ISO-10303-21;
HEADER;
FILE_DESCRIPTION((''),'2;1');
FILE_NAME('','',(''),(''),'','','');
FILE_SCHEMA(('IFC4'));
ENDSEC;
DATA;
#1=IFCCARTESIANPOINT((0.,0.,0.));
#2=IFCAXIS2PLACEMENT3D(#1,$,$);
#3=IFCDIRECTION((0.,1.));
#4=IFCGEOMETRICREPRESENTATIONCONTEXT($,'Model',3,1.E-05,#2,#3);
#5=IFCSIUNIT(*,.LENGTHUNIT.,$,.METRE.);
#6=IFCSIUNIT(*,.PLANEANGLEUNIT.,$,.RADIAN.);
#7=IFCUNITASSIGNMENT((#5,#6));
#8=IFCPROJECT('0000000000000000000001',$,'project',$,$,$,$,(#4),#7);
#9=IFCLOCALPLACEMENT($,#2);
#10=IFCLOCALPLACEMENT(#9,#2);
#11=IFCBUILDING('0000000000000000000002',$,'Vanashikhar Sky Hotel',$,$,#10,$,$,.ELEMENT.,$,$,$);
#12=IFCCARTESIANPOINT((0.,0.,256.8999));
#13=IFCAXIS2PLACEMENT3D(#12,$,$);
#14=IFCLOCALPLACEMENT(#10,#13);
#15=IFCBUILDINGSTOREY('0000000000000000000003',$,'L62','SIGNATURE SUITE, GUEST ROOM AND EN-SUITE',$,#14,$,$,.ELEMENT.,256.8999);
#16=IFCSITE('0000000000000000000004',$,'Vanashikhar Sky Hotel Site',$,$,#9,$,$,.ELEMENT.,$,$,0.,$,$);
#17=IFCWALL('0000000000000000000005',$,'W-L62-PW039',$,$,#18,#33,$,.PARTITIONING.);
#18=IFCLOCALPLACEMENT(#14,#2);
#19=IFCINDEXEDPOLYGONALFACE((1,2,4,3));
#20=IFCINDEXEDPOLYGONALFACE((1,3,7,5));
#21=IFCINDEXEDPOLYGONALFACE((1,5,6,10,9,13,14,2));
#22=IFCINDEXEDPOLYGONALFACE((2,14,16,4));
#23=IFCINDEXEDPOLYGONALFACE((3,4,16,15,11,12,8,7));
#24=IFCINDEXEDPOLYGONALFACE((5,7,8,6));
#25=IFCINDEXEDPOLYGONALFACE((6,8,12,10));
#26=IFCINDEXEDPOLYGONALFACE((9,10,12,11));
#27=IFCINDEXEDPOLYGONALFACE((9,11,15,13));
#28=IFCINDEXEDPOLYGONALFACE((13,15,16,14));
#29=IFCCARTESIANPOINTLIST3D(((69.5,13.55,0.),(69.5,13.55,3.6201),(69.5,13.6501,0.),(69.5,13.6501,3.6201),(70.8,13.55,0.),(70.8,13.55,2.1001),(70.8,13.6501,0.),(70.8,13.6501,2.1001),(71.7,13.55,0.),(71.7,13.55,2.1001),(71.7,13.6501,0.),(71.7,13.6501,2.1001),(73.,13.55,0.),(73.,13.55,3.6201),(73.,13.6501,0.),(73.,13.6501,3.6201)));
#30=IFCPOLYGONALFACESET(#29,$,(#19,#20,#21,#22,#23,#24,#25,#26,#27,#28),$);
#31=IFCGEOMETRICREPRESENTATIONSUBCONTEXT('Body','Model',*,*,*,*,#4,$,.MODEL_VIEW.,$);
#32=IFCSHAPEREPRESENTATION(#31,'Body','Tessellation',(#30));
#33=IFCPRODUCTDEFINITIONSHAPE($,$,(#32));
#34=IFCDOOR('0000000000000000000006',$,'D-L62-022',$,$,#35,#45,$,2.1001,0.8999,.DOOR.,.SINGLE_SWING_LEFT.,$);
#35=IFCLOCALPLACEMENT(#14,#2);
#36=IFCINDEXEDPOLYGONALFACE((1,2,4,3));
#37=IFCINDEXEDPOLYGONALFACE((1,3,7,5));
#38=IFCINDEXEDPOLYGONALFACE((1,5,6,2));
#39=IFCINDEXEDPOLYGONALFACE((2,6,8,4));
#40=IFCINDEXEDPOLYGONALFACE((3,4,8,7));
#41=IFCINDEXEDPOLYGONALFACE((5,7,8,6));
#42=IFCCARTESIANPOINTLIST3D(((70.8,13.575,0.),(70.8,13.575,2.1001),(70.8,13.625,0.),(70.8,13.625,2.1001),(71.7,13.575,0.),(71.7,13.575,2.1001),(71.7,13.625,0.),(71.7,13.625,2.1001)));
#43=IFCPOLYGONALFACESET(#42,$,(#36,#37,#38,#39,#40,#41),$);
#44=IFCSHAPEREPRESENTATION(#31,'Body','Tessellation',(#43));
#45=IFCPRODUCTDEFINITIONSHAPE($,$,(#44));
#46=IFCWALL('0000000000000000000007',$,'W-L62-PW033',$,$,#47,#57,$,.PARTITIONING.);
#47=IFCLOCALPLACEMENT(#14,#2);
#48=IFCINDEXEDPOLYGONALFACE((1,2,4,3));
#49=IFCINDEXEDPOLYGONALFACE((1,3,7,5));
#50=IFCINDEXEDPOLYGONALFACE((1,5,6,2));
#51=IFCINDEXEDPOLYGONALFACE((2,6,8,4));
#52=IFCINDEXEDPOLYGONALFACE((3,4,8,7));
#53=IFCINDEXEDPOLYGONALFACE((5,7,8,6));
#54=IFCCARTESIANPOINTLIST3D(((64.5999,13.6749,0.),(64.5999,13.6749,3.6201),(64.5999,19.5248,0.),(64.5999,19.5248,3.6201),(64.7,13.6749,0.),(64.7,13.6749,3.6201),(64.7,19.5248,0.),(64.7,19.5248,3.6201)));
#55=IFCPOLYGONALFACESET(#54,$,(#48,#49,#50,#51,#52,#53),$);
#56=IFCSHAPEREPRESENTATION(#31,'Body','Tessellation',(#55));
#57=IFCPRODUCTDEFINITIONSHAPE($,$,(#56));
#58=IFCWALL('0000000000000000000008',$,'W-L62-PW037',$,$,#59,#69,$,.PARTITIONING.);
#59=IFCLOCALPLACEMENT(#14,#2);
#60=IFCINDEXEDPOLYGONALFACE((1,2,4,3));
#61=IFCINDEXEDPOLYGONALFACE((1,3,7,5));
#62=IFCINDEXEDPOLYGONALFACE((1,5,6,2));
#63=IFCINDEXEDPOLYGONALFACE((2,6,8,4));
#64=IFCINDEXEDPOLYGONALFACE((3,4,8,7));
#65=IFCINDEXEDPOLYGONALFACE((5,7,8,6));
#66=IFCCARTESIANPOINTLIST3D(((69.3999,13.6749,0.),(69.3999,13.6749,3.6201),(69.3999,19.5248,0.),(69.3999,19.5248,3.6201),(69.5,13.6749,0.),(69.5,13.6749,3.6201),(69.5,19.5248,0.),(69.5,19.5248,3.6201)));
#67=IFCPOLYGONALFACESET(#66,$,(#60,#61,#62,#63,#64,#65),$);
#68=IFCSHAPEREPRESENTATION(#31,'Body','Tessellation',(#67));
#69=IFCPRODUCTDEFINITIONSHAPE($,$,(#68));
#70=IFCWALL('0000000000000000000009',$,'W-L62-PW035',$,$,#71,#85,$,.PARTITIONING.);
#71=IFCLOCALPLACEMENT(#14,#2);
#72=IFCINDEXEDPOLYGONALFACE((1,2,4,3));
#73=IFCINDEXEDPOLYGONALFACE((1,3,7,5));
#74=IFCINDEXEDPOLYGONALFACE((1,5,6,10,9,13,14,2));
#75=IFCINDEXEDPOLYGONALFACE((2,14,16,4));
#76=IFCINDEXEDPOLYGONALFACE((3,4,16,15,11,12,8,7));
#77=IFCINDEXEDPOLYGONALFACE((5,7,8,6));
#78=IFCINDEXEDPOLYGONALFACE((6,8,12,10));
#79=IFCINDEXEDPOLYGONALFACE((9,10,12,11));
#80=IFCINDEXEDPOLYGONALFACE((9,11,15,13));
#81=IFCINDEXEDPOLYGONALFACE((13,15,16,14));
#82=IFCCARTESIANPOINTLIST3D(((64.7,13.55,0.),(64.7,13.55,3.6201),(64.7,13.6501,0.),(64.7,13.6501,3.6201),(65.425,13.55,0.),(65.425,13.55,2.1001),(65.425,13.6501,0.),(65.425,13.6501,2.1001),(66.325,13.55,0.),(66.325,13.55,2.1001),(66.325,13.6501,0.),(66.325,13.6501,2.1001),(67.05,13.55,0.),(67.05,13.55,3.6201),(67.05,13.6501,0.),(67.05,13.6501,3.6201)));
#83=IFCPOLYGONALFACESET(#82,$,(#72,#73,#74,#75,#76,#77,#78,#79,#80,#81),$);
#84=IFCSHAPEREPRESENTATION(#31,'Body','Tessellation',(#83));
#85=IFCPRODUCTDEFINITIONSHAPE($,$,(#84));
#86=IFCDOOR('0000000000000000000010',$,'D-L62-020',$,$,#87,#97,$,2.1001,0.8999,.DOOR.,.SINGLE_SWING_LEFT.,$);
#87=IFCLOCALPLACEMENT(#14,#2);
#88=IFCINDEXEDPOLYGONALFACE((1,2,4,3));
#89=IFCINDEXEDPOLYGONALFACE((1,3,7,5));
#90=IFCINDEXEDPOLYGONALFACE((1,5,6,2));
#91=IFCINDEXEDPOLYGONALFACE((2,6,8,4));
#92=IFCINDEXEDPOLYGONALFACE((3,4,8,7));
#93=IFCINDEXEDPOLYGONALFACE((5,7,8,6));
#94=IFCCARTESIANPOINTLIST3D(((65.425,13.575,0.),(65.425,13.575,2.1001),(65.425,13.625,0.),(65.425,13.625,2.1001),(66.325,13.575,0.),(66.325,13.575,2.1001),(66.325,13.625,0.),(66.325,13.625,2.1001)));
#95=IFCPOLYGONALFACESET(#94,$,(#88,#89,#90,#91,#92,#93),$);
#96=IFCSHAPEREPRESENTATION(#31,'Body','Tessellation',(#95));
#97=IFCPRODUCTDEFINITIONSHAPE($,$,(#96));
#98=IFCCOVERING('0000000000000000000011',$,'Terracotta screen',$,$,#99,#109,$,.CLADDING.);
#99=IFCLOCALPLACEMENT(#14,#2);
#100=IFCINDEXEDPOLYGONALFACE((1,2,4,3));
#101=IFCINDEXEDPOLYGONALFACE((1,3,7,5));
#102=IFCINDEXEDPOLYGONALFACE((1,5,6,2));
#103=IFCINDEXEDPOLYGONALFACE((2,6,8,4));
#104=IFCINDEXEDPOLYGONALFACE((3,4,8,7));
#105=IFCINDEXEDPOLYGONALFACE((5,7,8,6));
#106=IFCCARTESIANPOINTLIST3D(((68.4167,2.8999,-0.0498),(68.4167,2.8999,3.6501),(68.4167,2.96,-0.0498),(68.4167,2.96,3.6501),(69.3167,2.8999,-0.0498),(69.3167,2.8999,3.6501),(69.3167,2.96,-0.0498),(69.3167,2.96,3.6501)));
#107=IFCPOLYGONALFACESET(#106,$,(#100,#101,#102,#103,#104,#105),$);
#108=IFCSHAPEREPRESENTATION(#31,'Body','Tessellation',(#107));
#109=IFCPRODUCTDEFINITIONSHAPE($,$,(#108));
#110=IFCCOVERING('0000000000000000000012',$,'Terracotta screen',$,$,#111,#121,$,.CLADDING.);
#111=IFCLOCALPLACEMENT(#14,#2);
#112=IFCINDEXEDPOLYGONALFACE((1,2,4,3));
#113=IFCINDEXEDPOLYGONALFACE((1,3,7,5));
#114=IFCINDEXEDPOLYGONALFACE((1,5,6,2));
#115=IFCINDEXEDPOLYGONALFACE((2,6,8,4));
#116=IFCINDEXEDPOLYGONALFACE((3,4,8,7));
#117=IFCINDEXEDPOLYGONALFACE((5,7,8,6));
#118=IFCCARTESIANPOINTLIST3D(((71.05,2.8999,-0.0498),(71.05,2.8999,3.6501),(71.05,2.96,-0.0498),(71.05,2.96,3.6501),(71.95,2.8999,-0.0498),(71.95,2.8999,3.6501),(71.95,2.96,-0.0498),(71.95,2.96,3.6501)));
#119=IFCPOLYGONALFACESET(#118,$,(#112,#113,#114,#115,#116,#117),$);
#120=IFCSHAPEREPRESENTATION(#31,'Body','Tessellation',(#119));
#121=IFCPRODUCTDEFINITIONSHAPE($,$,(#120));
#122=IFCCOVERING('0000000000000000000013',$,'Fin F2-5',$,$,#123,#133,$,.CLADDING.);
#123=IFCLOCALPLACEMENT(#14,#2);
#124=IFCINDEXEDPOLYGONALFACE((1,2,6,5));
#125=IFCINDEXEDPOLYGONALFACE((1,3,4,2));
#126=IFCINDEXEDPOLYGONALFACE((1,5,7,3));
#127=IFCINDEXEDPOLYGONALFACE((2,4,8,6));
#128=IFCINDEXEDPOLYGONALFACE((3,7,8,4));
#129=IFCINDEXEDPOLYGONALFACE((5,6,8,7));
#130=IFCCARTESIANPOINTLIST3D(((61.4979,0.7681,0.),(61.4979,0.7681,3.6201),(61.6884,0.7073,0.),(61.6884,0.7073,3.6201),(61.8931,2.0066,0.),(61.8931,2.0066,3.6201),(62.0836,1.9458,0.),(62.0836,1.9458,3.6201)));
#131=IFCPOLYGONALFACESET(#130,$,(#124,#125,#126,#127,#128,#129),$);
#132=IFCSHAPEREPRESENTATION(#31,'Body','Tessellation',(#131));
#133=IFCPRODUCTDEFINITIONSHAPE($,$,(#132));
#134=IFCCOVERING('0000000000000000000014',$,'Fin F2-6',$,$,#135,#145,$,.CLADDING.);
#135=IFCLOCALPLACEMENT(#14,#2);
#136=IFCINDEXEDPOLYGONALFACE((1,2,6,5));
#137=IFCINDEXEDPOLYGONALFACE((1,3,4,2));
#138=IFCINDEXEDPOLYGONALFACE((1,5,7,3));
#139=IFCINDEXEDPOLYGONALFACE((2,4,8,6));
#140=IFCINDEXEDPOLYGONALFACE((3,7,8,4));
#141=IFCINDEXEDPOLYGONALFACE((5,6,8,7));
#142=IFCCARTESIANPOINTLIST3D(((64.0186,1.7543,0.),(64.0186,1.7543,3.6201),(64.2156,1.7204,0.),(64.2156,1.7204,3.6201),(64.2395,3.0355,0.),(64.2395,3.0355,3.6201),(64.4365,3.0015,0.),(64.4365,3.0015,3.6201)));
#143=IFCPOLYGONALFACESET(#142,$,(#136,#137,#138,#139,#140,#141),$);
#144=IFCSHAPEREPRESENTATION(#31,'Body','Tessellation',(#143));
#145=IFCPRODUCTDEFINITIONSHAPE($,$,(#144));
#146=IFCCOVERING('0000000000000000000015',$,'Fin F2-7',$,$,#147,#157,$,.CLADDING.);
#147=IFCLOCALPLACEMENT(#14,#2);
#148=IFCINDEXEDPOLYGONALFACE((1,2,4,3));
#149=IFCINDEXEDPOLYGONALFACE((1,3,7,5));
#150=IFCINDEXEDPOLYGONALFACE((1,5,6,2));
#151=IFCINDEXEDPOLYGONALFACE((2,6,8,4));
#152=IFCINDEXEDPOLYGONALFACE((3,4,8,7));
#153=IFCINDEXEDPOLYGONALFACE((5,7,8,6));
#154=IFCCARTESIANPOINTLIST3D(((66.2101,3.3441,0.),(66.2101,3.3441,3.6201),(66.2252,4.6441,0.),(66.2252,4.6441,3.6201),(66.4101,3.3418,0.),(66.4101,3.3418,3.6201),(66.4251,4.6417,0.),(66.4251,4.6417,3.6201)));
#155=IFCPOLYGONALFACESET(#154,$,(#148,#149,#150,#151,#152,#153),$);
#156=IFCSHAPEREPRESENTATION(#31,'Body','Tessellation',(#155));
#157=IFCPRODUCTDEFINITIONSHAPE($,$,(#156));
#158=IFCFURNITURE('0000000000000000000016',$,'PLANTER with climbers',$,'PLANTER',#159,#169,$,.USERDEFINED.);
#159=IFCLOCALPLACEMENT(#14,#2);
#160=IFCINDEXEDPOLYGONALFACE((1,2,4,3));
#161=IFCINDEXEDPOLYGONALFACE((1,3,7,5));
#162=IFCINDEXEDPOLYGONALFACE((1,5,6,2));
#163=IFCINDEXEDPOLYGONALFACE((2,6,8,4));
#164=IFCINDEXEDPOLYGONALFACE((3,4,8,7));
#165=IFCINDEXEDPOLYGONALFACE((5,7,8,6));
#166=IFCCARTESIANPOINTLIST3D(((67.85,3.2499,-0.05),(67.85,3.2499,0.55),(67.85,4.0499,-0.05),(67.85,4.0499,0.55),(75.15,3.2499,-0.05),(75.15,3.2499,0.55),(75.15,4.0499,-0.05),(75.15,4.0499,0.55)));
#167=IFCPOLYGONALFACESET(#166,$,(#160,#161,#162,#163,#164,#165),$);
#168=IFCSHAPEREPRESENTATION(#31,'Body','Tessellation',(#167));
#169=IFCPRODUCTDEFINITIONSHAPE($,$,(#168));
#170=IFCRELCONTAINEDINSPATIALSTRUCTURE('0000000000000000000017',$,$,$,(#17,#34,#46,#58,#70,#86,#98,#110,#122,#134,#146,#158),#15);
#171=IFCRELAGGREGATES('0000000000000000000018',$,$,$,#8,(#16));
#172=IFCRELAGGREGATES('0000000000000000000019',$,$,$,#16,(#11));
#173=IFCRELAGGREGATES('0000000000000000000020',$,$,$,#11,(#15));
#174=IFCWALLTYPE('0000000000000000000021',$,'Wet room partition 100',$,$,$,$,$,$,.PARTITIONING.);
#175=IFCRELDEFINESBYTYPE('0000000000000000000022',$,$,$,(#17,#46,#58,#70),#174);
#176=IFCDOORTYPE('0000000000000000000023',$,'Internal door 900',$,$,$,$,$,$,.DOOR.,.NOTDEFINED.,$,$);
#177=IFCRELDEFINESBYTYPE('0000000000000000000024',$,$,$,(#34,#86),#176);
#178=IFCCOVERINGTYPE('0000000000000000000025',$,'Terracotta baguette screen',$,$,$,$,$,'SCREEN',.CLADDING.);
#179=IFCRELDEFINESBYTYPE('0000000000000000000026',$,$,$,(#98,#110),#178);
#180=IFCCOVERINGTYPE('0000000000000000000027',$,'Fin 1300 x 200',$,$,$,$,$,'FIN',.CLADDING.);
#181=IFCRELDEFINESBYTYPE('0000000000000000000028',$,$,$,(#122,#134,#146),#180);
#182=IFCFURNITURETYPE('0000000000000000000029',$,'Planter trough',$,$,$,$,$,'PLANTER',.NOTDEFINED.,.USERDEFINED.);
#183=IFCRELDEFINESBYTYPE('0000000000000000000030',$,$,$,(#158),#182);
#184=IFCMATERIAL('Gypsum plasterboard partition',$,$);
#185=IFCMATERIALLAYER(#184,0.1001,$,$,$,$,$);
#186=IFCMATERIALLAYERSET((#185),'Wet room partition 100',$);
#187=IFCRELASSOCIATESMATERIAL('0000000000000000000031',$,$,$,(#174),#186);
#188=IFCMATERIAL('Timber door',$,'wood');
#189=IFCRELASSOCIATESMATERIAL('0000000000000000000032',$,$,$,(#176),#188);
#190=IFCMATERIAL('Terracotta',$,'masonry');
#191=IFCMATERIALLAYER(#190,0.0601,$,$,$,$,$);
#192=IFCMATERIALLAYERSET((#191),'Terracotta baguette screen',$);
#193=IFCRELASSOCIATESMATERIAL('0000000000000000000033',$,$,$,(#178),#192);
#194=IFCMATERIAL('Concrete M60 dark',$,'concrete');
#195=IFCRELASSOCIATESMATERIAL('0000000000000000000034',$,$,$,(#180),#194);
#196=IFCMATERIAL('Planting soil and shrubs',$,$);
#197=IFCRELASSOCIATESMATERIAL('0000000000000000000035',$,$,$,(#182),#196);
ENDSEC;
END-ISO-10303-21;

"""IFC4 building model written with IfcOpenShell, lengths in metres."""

from ifc_helpers import new_model, si_unit, direction, frame, frame_2d, origin, origin_2d, place, context, subcontext, project, spatial, rectangle, extrude, source, transform, mapped, material, layer, layer_set, material_profile, profile_set, type_object, element, fill, save


model = new_model("IFC4")

# Units and contexts
model_context = context("Model", 3, precision=1e-05, world=origin(), true_north=direction((0.0, 1.0)))
body_context = subcontext(model_context, "Body", "Model", "MODEL_VIEW")
ifc_project = project(units=[si_unit("LENGTHUNIT", "METRE"), si_unit("PLANEANGLEUNIT", "RADIAN")], contexts=[model_context])

# Site, building, storey
site_placement = place(None, origin())
site = spatial("IfcSite", under=ifc_project, at=site_placement, Name="Vanashikhar Sky Hotel Site", CompositionType="ELEMENT", RefElevation=0.0)
building_placement = place(site_placement, origin())
building = spatial("IfcBuilding", under=site, at=building_placement, Name="Vanashikhar Sky Hotel", CompositionType="ELEMENT")
storey_placement = place(building_placement, frame((0.0, 0.0, 256.8999)))
storey = spatial("IfcBuildingStorey", under=building, at=storey_placement, Name="L62", Description="SIGNATURE SUITE, GUEST ROOM AND EN-SUITE", CompositionType="ELEMENT", Elevation=256.8999)

# Wall, opening, door
ifc_material_1 = material(Name="Gypsum plasterboard partition")
ifc_layer_1 = layer(ifc_material_1, 0.1001)
ifc_layer_set_1 = layer_set([ifc_layer_1], Name="Wet room partition 100")
wall_type_1 = type_object("IfcWallType", Name="Wet room partition 100", PredefinedType="PARTITIONING", material=ifc_layer_set_1)
shared_shape_1 = source(origin(), body_context, "Body", "SweptSolid", [
    extrude(rectangle(XDim=3.5, YDim=0.1001, at=frame_2d((1.75, 0.0))), origin(), (0.0, 0.0, 1.0), 3.6201),
])
wall_1_placement = place(storey_placement, frame((69.5, 13.6001, 0.0), z_axis=(0.0, 0.0, 1.0), x_axis=(1.0, 0.0, 0.0)))
wall_1 = element("IfcWall", 1, at=wall_1_placement, inside=storey, type_object=wall_type_1, Name="W-L62-PW039", PredefinedType="PARTITIONING", context=body_context, shape_type="MappedRepresentation", body=[
    mapped(shared_shape_1, transform((0.0, 0.0, 0.0), scale=1.0)),
])
shared_shape_2 = source(origin(), body_context, "Body", "SweptSolid", [
    extrude(rectangle(XDim=0.8999, YDim=2.1001, at=frame_2d((0.45, 1.05))), frame((0.0, 0.0601, 0.0), z_axis=(0.0, -1.0, 0.0), x_axis=(1.0, 0.0, 0.0)), (0.0, 0.0, 1.0), 0.1201),
])
opening_1_placement = place(wall_1_placement, frame((1.3, 0.0, 0.0)))
opening_1 = element("IfcOpeningElement", 2, at=opening_1_placement, cuts=wall_1, PredefinedType="OPENING", context=body_context, shape_type="MappedRepresentation", body=[
    mapped(shared_shape_2, transform((0.0, 0.0, 0.0), scale=1.0)),
])
ifc_material_2 = material(Name="Timber door", Category="wood")
door_type_1 = type_object("IfcDoorType", Name="Internal door 900", OperationType="NOTDEFINED", PredefinedType="DOOR", material=ifc_material_2)
shared_shape_3 = source(origin(), body_context, "Body", "SweptSolid", [
    extrude(rectangle(XDim=0.8999, YDim=2.1001, at=frame_2d((0.45, 1.05))), frame((0.0, 0.0249, 0.0), z_axis=(0.0, -1.0, 0.0), x_axis=(1.0, 0.0, 0.0)), (0.0, 0.0, 1.0), 0.05),
])
door_1_placement = place(opening_1_placement, origin())
door_1 = element("IfcDoor", 3, at=door_1_placement, inside=storey, type_object=door_type_1, Name="D-L62-022", OperationType="SINGLE_SWING_LEFT", OverallHeight=2.1001, OverallWidth=0.8999, PredefinedType="DOOR", context=body_context, shape_type="MappedRepresentation", body=[
    mapped(shared_shape_3, transform((0.0, 0.0, 0.0), scale=1.0)),
])
fill(opening_1, door_1)

# Walls
shared_shape_4 = source(origin(), body_context, "Body", "SweptSolid", [
    extrude(rectangle(XDim=5.8499, YDim=0.1001, at=frame_2d((2.9248, 0.0))), origin(), (0.0, 0.0, 1.0), 3.6201),
])
for number, where, z_axis, x_axis, name in (
    (4, (64.6499, 13.675, 0.0), (0.0, 0.0, 1.0), (0.0, 1.0, 0.0), "W-L62-PW033"),
    (5, (69.45, 13.675, 0.0), (0.0, 0.0, 1.0), (0.0, 1.0, 0.0), "W-L62-PW037"),
):
    element("IfcWall", number, at=place(storey_placement, frame(where, z_axis=z_axis, x_axis=x_axis)), inside=storey, type_object=wall_type_1, Name=name, PredefinedType="PARTITIONING", context=body_context, shape_type="MappedRepresentation", body=[
        mapped(shared_shape_4, transform((0.0, 0.0, 0.0), scale=1.0)),
    ])

# Wall, opening, door
shared_shape_5 = source(origin(), body_context, "Body", "SweptSolid", [
    extrude(rectangle(XDim=2.3501, YDim=0.1001, at=frame_2d((1.175, 0.0))), origin(), (0.0, 0.0, 1.0), 3.6201),
])
wall_2_placement = place(storey_placement, frame((64.7, 13.6001, 0.0), z_axis=(0.0, 0.0, 1.0), x_axis=(1.0, 0.0, 0.0)))
wall_2 = element("IfcWall", 6, at=wall_2_placement, inside=storey, type_object=wall_type_1, Name="W-L62-PW035", PredefinedType="PARTITIONING", context=body_context, shape_type="MappedRepresentation", body=[
    mapped(shared_shape_5, transform((0.0, 0.0, 0.0), scale=1.0)),
])
opening_2_placement = place(wall_2_placement, frame((0.7251, 0.0, 0.0)))
opening_2 = element("IfcOpeningElement", 7, at=opening_2_placement, cuts=wall_2, PredefinedType="OPENING", context=body_context, shape_type="MappedRepresentation", body=[
    mapped(shared_shape_2, transform((0.0, 0.0, 0.0), scale=1.0)),
])
door_2_placement = place(opening_2_placement, origin())
door_2 = element("IfcDoor", 8, at=door_2_placement, inside=storey, type_object=door_type_1, Name="D-L62-020", OperationType="SINGLE_SWING_LEFT", OverallHeight=2.1001, OverallWidth=0.8999, PredefinedType="DOOR", context=body_context, shape_type="MappedRepresentation", body=[
    mapped(shared_shape_3, transform((0.0, 0.0, 0.0), scale=1.0)),
])
fill(opening_2, door_2)

# Coverings
ifc_material_3 = material(Name="Terracotta", Category="masonry")
ifc_layer_2 = layer(ifc_material_3, 0.0601)
ifc_layer_set_2 = layer_set([ifc_layer_2], Name="Terracotta baguette screen")
covering_type_1 = type_object("IfcCoveringType", Name="Terracotta baguette screen", ElementType="SCREEN", PredefinedType="CLADDING", material=ifc_layer_set_2)
shared_shape_6 = source(origin(), body_context, "Body", "SweptSolid", [
    extrude(rectangle(XDim=0.8999, YDim=0.0601, at=origin_2d()), origin(), (0.0, 0.0, 1.0), 3.7),
])
for number, where, z_axis, x_axis, name in (
    (9, (68.8667, 2.9299, -0.0498), (0.0, 0.0, 1.0), (1.0, 0.0, 0.0), "Terracotta screen"),
    (10, (71.5, 2.9299, -0.0498), (0.0, 0.0, 1.0), (1.0, 0.0, 0.0), "Terracotta screen"),
):
    element("IfcCovering", number, at=place(storey_placement, frame(where, z_axis=z_axis, x_axis=x_axis)), inside=storey, type_object=covering_type_1, Name=name, PredefinedType="CLADDING", context=body_context, shape_type="MappedRepresentation", body=[
        mapped(shared_shape_6, transform((0.0, 0.0, 0.0), scale=1.0)),
    ])
ifc_material_4 = material(Name="Concrete M60 dark", Category="concrete")
ifc_material_profile_1 = material_profile(ifc_material_4, rectangle(XDim=1.3, YDim=0.2, at=origin_2d()))
ifc_profile_set_1 = profile_set([ifc_material_profile_1], Name="Fin 1300 x 200")
covering_type_2 = type_object("IfcCoveringType", Name="Fin 1300 x 200", ElementType="FIN", PredefinedType="CLADDING", material=ifc_profile_set_1)
shared_shape_7 = source(origin(), body_context, "Body", "SweptSolid", [
    extrude(rectangle(XDim=1.3, YDim=0.2, at=origin_2d()), origin(), (0.0, 0.0, 1.0), 3.6201),
])
for number, where, z_axis, x_axis, name in (
    (11, (61.7908, 1.3569, 0.0), (0.0, 0.0, 1.0), (-0.303967, -0.952683, 0.0), "Fin F2-5"),
    (12, (64.2275, 2.3779, 0.0), (0.0, 0.0, 1.0), (-0.1699, -0.985461, 0.0), "Fin F2-6"),
    (13, (66.3176, 3.9929, 0.0), (0.0, 0.0, 1.0), (-0.011589, -0.999933, 0.0), "Fin F2-7"),
):
    element("IfcCovering", number, at=place(storey_placement, frame(where, z_axis=z_axis, x_axis=x_axis)), inside=storey, type_object=covering_type_2, Name=name, PredefinedType="CLADDING", context=body_context, shape_type="MappedRepresentation", body=[
        mapped(shared_shape_7, transform((0.0, 0.0, 0.0), scale=1.0)),
    ])

# Furniture
ifc_material_5 = material(Name="Planting soil and shrubs")
furniture_type = type_object("IfcFurnitureType", Name="Planter trough", ElementType="PLANTER", AssemblyPlace="NOTDEFINED", PredefinedType="USERDEFINED", material=ifc_material_5)
shared_shape_8 = source(origin(), body_context, "Body", "SweptSolid", [
    extrude(rectangle(XDim=7.3, YDim=0.8, at=origin_2d()), origin(), (0.0, 0.0, 1.0), 0.6001),
])
furniture_placement = place(storey_placement, frame((71.5, 3.6499, -0.05), z_axis=(0.0, 0.0, 1.0), x_axis=(1.0, 0.0, 0.0)))
element("IfcFurniture", 14, at=furniture_placement, inside=storey, type_object=furniture_type, Name="PLANTER with climbers", ObjectType="PLANTER", PredefinedType="USERDEFINED", context=body_context, shape_type="MappedRepresentation", body=[
    mapped(shared_shape_8, transform((0.0, 0.0, 0.0), scale=1.0)),
])

save(model, "model.ifc")
